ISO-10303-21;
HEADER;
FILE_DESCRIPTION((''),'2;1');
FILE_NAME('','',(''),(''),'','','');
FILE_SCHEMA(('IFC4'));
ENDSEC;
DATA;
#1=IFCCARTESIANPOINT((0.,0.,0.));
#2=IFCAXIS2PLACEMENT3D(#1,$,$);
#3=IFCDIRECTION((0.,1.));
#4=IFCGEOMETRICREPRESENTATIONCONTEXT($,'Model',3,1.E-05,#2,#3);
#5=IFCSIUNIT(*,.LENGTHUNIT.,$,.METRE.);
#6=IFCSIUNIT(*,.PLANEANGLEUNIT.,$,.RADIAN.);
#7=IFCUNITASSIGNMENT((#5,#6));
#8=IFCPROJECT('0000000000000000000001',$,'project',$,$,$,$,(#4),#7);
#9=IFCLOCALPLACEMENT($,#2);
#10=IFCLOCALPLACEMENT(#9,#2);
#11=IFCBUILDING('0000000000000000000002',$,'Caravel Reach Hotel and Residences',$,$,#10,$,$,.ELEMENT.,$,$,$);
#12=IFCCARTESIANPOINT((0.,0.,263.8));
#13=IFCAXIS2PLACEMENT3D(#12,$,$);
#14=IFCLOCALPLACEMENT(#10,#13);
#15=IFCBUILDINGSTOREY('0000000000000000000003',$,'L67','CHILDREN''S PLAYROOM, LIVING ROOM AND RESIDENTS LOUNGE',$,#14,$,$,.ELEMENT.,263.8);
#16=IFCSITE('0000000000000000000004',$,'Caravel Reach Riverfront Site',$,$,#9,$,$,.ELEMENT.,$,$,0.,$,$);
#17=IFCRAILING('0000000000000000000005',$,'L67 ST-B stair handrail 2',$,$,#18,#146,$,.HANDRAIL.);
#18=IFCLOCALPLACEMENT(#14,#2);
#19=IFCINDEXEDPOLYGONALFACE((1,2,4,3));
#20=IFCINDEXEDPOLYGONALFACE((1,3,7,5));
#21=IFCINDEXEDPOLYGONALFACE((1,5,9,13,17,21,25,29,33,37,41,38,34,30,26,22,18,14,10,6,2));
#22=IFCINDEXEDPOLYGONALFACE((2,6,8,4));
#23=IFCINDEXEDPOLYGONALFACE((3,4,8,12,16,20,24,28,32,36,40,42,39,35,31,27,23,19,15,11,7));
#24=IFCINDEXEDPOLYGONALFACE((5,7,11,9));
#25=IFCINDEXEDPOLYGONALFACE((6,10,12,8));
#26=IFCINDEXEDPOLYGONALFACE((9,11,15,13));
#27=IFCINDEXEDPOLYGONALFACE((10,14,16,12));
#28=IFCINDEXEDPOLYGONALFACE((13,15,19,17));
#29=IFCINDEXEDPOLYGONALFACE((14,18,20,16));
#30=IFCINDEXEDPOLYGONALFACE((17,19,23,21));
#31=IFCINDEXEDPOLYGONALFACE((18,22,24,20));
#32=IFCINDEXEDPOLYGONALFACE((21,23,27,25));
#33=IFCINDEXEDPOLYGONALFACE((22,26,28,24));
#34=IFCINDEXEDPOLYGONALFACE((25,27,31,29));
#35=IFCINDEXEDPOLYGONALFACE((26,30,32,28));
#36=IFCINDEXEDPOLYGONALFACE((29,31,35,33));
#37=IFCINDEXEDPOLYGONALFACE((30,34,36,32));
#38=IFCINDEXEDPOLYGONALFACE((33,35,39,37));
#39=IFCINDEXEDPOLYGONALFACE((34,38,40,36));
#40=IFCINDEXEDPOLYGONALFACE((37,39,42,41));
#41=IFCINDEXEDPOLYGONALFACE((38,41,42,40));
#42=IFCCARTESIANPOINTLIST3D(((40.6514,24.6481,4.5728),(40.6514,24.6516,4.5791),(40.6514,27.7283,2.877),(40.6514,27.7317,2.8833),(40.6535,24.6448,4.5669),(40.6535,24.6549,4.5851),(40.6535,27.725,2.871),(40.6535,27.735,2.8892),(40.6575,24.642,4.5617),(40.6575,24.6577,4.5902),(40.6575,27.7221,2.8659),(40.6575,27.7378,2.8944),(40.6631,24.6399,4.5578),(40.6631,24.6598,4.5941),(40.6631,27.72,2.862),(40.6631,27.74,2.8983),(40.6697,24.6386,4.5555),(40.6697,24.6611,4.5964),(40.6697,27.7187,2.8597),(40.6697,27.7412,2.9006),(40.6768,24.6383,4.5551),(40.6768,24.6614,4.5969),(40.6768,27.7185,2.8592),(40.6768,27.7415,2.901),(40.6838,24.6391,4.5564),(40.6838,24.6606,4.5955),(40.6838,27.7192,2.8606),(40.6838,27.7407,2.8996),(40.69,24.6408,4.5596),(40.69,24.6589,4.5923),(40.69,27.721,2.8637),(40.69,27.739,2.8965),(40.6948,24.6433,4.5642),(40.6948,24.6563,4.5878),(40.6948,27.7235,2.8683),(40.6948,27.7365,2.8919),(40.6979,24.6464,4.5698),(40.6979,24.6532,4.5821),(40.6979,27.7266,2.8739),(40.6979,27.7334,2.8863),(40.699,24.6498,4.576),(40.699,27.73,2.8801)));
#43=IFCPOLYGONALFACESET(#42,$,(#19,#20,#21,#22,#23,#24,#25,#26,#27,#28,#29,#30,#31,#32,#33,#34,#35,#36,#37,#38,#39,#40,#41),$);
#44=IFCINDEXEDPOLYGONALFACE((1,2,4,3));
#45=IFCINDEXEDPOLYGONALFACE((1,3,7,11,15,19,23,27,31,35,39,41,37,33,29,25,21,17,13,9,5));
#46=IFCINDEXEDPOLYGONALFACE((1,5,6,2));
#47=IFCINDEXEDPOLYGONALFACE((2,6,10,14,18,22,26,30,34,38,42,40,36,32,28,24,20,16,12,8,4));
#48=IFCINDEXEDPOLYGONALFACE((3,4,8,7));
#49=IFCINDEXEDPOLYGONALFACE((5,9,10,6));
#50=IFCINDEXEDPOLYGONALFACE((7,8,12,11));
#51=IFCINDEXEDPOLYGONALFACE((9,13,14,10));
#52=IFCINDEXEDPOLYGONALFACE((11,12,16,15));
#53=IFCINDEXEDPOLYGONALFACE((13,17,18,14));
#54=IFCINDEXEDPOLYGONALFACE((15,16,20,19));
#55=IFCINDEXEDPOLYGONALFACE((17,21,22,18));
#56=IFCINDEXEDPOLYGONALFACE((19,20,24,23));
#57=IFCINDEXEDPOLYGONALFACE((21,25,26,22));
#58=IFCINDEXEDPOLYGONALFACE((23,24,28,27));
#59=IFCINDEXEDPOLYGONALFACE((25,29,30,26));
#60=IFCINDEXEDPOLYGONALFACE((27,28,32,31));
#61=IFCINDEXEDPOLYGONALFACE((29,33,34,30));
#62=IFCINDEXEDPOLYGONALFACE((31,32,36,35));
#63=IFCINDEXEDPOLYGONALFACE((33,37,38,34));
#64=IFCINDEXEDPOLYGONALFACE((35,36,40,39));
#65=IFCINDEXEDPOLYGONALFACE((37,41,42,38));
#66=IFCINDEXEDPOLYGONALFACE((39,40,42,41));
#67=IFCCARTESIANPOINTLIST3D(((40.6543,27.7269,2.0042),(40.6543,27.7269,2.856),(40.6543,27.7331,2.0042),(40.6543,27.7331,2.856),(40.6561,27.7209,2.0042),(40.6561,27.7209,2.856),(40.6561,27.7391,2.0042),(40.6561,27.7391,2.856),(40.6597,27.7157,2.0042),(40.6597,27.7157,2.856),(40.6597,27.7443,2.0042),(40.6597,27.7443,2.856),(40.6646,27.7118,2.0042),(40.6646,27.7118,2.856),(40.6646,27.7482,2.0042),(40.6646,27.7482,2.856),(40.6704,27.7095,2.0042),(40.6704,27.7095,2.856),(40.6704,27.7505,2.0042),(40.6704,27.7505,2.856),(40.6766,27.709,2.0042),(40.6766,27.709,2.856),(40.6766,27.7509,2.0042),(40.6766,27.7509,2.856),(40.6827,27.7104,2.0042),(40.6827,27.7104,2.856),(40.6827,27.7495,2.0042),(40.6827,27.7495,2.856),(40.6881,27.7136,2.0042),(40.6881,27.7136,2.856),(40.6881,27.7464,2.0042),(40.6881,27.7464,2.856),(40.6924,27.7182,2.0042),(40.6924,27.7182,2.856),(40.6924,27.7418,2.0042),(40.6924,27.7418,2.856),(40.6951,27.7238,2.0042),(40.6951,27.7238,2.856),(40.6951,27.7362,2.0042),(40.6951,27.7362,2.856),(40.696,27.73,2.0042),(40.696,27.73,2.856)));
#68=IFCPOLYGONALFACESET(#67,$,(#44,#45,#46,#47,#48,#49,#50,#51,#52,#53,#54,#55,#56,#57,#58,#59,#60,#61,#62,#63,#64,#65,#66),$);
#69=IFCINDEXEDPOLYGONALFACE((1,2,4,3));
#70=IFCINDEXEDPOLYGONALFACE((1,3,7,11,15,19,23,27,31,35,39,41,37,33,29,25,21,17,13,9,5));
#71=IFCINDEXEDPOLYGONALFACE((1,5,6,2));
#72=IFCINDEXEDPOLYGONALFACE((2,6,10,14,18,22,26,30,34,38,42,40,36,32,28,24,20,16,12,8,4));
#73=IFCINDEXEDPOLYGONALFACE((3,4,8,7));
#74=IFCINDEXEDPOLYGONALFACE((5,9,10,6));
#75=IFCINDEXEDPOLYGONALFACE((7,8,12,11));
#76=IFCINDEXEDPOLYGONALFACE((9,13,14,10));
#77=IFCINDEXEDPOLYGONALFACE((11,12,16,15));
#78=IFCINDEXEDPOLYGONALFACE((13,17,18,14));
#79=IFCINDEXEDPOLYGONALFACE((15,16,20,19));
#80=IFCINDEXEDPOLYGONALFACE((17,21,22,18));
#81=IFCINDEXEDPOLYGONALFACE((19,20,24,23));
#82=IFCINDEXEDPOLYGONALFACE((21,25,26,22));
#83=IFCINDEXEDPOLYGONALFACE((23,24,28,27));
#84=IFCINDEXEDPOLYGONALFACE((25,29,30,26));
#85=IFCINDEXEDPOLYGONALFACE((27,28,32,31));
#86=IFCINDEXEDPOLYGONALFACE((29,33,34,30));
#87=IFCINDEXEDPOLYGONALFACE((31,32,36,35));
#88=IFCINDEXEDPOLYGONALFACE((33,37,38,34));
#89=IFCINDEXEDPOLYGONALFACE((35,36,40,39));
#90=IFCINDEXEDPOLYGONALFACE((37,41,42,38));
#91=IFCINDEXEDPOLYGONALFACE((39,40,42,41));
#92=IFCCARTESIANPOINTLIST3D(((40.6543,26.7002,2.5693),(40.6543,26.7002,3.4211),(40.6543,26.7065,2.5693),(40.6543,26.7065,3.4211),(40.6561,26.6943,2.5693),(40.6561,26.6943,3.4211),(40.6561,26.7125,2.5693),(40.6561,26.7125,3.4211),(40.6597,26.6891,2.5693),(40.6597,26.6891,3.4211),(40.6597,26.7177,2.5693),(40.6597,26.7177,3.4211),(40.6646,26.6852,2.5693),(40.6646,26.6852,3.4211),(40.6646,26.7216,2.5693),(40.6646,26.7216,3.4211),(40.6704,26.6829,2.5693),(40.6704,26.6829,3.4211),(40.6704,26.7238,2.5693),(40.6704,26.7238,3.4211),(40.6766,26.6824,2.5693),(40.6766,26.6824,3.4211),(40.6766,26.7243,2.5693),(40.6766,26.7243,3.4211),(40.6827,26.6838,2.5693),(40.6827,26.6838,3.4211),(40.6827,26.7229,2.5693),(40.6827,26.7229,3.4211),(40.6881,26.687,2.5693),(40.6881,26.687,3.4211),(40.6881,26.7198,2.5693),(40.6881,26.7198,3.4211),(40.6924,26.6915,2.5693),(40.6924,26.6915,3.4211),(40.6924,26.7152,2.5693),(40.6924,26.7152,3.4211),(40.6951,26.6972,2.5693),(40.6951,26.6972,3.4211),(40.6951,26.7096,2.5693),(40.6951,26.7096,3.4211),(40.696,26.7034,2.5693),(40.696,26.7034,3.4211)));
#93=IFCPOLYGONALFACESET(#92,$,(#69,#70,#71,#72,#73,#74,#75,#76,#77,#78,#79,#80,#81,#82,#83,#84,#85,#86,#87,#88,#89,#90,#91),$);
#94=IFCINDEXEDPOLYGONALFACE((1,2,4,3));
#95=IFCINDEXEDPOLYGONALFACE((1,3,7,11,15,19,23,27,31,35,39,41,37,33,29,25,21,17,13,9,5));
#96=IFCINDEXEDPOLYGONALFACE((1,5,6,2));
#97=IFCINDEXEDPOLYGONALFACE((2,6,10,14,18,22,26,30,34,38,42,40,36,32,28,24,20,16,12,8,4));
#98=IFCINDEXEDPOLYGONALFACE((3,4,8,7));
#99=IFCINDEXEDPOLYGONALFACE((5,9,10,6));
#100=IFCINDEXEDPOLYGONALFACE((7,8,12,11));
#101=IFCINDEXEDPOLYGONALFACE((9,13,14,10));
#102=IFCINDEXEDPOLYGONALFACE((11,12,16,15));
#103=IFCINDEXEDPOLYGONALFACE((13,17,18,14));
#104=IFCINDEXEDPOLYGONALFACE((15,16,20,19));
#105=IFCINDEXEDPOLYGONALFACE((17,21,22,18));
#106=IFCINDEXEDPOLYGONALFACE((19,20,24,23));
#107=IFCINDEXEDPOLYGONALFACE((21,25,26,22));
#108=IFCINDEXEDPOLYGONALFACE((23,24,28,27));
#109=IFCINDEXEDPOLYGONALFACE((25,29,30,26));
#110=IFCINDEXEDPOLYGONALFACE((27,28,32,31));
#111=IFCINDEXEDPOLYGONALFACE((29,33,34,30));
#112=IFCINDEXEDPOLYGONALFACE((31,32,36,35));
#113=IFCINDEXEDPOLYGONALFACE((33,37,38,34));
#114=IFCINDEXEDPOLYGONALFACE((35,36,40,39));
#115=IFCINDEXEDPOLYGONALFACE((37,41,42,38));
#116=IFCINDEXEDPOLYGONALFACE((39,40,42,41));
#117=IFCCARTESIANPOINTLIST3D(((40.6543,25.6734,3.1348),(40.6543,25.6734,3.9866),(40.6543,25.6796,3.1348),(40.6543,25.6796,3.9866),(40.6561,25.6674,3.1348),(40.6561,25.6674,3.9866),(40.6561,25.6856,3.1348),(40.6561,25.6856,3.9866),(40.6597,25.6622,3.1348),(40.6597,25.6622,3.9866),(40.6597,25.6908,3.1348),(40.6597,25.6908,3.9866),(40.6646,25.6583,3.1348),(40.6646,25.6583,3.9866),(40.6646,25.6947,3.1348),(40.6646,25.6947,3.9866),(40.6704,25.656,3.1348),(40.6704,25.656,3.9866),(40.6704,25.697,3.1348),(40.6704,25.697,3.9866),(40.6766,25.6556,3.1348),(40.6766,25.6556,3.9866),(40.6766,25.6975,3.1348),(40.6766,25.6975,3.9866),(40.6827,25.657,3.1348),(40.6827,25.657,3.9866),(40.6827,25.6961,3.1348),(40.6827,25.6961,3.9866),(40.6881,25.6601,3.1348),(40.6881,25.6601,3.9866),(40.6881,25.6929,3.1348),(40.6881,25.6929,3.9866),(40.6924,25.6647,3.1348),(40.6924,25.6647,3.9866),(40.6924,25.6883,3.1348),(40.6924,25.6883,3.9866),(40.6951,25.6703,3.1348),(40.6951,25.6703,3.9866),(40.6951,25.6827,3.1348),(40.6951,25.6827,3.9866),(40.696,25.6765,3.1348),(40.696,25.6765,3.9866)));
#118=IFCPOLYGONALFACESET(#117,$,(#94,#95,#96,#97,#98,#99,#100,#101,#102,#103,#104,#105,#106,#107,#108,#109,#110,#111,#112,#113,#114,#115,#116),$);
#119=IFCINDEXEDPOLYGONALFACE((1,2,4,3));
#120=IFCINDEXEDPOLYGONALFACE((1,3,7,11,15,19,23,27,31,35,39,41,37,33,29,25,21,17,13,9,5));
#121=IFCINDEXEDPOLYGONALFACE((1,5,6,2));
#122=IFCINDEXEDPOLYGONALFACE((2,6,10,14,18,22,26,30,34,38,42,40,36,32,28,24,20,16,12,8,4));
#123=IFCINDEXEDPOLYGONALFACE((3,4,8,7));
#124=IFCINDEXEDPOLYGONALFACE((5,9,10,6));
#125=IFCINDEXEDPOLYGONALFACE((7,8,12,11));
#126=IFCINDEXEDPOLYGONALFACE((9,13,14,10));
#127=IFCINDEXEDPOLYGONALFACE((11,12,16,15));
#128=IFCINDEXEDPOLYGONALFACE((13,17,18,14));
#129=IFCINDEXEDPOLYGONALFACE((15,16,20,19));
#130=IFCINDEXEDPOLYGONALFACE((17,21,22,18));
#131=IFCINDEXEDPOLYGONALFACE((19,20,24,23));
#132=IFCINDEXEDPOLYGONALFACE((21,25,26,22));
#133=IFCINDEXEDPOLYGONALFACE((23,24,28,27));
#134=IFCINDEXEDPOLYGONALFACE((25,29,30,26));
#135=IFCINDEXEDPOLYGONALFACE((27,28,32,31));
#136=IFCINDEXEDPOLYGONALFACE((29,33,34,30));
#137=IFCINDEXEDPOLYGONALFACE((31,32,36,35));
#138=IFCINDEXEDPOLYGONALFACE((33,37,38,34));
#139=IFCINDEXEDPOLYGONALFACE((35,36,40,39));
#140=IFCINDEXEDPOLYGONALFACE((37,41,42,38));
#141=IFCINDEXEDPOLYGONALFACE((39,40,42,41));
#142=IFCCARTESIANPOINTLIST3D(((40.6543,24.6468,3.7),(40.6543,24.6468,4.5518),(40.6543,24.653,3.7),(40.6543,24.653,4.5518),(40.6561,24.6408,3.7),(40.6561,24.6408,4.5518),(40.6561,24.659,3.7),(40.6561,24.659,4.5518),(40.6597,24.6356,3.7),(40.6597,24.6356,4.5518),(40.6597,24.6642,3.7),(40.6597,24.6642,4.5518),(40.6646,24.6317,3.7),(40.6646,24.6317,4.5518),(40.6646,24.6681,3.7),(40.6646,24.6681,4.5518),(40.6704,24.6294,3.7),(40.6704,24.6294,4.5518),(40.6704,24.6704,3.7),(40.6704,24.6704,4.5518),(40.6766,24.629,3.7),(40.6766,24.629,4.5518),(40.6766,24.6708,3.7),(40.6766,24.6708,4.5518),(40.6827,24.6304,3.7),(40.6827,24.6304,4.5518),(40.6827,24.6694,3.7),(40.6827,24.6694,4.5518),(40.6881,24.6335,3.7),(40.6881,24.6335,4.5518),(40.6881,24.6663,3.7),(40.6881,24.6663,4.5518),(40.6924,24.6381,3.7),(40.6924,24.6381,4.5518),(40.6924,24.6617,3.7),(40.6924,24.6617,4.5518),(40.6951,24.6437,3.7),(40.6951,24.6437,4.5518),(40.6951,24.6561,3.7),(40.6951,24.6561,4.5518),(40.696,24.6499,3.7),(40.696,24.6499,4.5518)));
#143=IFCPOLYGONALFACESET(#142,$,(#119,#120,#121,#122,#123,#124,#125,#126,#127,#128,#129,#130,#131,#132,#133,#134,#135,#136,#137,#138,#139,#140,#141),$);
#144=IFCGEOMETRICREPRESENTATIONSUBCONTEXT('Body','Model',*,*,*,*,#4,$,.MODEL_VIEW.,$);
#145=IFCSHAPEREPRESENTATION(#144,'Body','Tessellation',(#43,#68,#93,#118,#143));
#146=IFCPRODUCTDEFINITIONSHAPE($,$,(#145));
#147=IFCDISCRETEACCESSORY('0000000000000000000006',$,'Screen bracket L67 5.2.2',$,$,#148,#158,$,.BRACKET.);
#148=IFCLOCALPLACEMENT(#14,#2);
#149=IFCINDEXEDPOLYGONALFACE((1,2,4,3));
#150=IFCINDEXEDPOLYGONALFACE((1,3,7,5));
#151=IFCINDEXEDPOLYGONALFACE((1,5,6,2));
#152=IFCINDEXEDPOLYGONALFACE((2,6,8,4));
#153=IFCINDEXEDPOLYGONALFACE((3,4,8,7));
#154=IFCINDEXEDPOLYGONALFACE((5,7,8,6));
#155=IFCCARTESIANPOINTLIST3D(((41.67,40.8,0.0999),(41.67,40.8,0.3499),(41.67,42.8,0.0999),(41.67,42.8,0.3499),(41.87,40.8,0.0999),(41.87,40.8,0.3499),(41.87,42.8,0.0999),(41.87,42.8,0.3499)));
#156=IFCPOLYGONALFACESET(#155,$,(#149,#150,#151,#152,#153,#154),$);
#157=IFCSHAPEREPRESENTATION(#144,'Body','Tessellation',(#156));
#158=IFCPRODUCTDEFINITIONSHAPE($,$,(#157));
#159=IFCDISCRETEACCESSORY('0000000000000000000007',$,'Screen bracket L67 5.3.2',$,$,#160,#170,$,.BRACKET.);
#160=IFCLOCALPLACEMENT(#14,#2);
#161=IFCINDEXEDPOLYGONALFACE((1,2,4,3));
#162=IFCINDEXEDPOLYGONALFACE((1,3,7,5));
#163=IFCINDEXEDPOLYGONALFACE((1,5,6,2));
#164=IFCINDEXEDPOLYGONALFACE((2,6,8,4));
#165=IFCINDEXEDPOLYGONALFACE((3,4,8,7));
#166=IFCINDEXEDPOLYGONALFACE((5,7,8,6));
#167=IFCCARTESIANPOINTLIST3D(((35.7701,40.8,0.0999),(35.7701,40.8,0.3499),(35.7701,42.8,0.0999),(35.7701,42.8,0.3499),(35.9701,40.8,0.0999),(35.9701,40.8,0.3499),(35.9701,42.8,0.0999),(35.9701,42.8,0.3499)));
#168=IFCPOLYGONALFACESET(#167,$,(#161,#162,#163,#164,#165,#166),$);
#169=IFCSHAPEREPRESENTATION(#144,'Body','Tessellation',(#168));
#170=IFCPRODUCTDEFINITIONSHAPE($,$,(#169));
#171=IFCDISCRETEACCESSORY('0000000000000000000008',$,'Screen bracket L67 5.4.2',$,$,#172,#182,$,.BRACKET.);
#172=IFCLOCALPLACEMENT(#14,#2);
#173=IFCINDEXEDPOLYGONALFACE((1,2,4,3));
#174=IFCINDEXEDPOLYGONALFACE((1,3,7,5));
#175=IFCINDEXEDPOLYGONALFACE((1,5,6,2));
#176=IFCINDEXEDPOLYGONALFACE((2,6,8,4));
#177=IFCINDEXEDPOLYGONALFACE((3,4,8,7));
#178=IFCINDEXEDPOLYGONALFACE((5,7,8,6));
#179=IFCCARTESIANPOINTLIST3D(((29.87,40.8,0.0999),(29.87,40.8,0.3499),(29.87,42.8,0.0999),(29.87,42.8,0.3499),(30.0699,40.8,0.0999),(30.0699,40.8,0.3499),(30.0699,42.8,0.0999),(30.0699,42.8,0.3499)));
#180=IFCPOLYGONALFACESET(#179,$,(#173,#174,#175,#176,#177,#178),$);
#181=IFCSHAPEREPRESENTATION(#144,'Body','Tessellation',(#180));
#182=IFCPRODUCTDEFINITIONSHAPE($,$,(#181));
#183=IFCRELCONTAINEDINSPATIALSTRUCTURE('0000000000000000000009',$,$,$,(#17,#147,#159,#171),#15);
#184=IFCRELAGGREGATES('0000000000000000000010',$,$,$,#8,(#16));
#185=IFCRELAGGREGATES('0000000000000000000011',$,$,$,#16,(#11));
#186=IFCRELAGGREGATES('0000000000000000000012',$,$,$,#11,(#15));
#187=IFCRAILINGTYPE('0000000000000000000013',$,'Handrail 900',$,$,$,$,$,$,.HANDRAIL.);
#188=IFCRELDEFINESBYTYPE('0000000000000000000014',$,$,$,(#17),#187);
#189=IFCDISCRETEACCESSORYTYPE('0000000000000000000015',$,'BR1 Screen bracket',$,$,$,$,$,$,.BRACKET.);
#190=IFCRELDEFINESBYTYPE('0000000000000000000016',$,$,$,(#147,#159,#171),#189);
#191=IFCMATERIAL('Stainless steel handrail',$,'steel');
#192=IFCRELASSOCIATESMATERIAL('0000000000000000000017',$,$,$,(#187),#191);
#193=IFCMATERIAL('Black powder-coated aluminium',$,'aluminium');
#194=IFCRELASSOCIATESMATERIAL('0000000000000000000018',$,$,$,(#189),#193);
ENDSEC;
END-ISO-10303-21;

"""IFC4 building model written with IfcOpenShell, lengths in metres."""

from ifc_helpers import new_model, si_unit, direction, frame, origin, origin_2d, place, context, subcontext, project, spatial, rectangle, circle, extrude, material, type_object, element, save


model = new_model("IFC4")

# Units and contexts
model_context = context("Model", 3, precision=1e-05, world=origin(), true_north=direction((0.0, 1.0)))
body_context = subcontext(model_context, "Body", "Model", "MODEL_VIEW")
ifc_project = project(units=[si_unit("LENGTHUNIT", "METRE"), si_unit("PLANEANGLEUNIT", "RADIAN")], contexts=[model_context])

# Site, building, storey
site_placement = place(None, origin())
site = spatial("IfcSite", under=ifc_project, at=site_placement, Name="Caravel Reach Riverfront Site", CompositionType="ELEMENT", RefElevation=0.0)
building_placement = place(site_placement, origin())
building = spatial("IfcBuilding", under=site, at=building_placement, Name="Caravel Reach Hotel and Residences", CompositionType="ELEMENT")
storey_placement = place(building_placement, frame((0.0, 0.0, 263.8)))
storey = spatial("IfcBuildingStorey", under=building, at=storey_placement, Name="L67", Description="CHILDREN'S PLAYROOM, LIVING ROOM AND RESIDENTS LOUNGE", CompositionType="ELEMENT", Elevation=263.8)

# Railing
ifc_material_1 = material(Name="Stainless steel handrail", Category="steel")
railing_type_1 = type_object("IfcRailingType", Name="Handrail 900", PredefinedType="HANDRAIL", material=ifc_material_1)
railing_1_placement = place(storey_placement, frame((40.675, 27.73, 2.0042)))
element("IfcRailing", 1, at=railing_1_placement, inside=storey, type_object=railing_type_1, Name="L67 ST-B stair handrail 2", PredefinedType="HANDRAIL", context=body_context, shape_type="SweptSolid", body=[
    extrude(circle(Radius=0.0239, at=origin_2d()), frame((0.0, 0.0, 0.876), z_axis=(0.0, -0.876005, 0.482303), x_axis=(1.0, 0.0, 0.0)), (0.0, 0.0, 1.0), 3.5161),
    extrude(circle(Radius=0.021, at=origin_2d()), origin(), (0.0, 0.0, 1.0), 0.8518),
    extrude(circle(Radius=0.021, at=origin_2d()), frame((0.0, -1.0266, 0.5652)), (0.0, 0.0, 1.0), 0.8518),
    extrude(circle(Radius=0.021, at=origin_2d()), frame((0.0, -2.0535, 1.1306)), (0.0, 0.0, 1.0), 0.8518),
    extrude(circle(Radius=0.021, at=origin_2d()), frame((0.0, -3.0801, 1.6958)), (0.0, 0.0, 1.0), 0.8518),
])

# Discrete accessories
ifc_material_2 = material(Name="Black powder-coated aluminium", Category="aluminium")
discrete_accessory_type = type_object("IfcDiscreteAccessoryType", Name="BR1 Screen bracket", PredefinedType="BRACKET", material=ifc_material_2)
for number, where, z_axis, x_axis, name in (
    (2, (41.77, 41.8, 0.0999), (0.0, 0.0, 1.0), (0.0, 1.0, 0.0), "Screen bracket L67 5.2.2"),
    (3, (35.8701, 41.8, 0.0999), (0.0, 0.0, 1.0), (0.0, 1.0, 0.0), "Screen bracket L67 5.3.2"),
    (4, (29.97, 41.8, 0.0999), (0.0, 0.0, 1.0), (0.0, 1.0, 0.0), "Screen bracket L67 5.4.2"),
):
    element("IfcDiscreteAccessory", number, at=place(storey_placement, frame(where, z_axis=z_axis, x_axis=x_axis)), inside=storey, type_object=discrete_accessory_type, Name=name, PredefinedType="BRACKET", context=body_context, shape_type="SweptSolid", body=[
        extrude(rectangle(XDim=2.0, YDim=0.2, at=origin_2d()), origin(), (0.0, 0.0, 1.0), 0.25),
    ])

save(model, "model.ifc")
